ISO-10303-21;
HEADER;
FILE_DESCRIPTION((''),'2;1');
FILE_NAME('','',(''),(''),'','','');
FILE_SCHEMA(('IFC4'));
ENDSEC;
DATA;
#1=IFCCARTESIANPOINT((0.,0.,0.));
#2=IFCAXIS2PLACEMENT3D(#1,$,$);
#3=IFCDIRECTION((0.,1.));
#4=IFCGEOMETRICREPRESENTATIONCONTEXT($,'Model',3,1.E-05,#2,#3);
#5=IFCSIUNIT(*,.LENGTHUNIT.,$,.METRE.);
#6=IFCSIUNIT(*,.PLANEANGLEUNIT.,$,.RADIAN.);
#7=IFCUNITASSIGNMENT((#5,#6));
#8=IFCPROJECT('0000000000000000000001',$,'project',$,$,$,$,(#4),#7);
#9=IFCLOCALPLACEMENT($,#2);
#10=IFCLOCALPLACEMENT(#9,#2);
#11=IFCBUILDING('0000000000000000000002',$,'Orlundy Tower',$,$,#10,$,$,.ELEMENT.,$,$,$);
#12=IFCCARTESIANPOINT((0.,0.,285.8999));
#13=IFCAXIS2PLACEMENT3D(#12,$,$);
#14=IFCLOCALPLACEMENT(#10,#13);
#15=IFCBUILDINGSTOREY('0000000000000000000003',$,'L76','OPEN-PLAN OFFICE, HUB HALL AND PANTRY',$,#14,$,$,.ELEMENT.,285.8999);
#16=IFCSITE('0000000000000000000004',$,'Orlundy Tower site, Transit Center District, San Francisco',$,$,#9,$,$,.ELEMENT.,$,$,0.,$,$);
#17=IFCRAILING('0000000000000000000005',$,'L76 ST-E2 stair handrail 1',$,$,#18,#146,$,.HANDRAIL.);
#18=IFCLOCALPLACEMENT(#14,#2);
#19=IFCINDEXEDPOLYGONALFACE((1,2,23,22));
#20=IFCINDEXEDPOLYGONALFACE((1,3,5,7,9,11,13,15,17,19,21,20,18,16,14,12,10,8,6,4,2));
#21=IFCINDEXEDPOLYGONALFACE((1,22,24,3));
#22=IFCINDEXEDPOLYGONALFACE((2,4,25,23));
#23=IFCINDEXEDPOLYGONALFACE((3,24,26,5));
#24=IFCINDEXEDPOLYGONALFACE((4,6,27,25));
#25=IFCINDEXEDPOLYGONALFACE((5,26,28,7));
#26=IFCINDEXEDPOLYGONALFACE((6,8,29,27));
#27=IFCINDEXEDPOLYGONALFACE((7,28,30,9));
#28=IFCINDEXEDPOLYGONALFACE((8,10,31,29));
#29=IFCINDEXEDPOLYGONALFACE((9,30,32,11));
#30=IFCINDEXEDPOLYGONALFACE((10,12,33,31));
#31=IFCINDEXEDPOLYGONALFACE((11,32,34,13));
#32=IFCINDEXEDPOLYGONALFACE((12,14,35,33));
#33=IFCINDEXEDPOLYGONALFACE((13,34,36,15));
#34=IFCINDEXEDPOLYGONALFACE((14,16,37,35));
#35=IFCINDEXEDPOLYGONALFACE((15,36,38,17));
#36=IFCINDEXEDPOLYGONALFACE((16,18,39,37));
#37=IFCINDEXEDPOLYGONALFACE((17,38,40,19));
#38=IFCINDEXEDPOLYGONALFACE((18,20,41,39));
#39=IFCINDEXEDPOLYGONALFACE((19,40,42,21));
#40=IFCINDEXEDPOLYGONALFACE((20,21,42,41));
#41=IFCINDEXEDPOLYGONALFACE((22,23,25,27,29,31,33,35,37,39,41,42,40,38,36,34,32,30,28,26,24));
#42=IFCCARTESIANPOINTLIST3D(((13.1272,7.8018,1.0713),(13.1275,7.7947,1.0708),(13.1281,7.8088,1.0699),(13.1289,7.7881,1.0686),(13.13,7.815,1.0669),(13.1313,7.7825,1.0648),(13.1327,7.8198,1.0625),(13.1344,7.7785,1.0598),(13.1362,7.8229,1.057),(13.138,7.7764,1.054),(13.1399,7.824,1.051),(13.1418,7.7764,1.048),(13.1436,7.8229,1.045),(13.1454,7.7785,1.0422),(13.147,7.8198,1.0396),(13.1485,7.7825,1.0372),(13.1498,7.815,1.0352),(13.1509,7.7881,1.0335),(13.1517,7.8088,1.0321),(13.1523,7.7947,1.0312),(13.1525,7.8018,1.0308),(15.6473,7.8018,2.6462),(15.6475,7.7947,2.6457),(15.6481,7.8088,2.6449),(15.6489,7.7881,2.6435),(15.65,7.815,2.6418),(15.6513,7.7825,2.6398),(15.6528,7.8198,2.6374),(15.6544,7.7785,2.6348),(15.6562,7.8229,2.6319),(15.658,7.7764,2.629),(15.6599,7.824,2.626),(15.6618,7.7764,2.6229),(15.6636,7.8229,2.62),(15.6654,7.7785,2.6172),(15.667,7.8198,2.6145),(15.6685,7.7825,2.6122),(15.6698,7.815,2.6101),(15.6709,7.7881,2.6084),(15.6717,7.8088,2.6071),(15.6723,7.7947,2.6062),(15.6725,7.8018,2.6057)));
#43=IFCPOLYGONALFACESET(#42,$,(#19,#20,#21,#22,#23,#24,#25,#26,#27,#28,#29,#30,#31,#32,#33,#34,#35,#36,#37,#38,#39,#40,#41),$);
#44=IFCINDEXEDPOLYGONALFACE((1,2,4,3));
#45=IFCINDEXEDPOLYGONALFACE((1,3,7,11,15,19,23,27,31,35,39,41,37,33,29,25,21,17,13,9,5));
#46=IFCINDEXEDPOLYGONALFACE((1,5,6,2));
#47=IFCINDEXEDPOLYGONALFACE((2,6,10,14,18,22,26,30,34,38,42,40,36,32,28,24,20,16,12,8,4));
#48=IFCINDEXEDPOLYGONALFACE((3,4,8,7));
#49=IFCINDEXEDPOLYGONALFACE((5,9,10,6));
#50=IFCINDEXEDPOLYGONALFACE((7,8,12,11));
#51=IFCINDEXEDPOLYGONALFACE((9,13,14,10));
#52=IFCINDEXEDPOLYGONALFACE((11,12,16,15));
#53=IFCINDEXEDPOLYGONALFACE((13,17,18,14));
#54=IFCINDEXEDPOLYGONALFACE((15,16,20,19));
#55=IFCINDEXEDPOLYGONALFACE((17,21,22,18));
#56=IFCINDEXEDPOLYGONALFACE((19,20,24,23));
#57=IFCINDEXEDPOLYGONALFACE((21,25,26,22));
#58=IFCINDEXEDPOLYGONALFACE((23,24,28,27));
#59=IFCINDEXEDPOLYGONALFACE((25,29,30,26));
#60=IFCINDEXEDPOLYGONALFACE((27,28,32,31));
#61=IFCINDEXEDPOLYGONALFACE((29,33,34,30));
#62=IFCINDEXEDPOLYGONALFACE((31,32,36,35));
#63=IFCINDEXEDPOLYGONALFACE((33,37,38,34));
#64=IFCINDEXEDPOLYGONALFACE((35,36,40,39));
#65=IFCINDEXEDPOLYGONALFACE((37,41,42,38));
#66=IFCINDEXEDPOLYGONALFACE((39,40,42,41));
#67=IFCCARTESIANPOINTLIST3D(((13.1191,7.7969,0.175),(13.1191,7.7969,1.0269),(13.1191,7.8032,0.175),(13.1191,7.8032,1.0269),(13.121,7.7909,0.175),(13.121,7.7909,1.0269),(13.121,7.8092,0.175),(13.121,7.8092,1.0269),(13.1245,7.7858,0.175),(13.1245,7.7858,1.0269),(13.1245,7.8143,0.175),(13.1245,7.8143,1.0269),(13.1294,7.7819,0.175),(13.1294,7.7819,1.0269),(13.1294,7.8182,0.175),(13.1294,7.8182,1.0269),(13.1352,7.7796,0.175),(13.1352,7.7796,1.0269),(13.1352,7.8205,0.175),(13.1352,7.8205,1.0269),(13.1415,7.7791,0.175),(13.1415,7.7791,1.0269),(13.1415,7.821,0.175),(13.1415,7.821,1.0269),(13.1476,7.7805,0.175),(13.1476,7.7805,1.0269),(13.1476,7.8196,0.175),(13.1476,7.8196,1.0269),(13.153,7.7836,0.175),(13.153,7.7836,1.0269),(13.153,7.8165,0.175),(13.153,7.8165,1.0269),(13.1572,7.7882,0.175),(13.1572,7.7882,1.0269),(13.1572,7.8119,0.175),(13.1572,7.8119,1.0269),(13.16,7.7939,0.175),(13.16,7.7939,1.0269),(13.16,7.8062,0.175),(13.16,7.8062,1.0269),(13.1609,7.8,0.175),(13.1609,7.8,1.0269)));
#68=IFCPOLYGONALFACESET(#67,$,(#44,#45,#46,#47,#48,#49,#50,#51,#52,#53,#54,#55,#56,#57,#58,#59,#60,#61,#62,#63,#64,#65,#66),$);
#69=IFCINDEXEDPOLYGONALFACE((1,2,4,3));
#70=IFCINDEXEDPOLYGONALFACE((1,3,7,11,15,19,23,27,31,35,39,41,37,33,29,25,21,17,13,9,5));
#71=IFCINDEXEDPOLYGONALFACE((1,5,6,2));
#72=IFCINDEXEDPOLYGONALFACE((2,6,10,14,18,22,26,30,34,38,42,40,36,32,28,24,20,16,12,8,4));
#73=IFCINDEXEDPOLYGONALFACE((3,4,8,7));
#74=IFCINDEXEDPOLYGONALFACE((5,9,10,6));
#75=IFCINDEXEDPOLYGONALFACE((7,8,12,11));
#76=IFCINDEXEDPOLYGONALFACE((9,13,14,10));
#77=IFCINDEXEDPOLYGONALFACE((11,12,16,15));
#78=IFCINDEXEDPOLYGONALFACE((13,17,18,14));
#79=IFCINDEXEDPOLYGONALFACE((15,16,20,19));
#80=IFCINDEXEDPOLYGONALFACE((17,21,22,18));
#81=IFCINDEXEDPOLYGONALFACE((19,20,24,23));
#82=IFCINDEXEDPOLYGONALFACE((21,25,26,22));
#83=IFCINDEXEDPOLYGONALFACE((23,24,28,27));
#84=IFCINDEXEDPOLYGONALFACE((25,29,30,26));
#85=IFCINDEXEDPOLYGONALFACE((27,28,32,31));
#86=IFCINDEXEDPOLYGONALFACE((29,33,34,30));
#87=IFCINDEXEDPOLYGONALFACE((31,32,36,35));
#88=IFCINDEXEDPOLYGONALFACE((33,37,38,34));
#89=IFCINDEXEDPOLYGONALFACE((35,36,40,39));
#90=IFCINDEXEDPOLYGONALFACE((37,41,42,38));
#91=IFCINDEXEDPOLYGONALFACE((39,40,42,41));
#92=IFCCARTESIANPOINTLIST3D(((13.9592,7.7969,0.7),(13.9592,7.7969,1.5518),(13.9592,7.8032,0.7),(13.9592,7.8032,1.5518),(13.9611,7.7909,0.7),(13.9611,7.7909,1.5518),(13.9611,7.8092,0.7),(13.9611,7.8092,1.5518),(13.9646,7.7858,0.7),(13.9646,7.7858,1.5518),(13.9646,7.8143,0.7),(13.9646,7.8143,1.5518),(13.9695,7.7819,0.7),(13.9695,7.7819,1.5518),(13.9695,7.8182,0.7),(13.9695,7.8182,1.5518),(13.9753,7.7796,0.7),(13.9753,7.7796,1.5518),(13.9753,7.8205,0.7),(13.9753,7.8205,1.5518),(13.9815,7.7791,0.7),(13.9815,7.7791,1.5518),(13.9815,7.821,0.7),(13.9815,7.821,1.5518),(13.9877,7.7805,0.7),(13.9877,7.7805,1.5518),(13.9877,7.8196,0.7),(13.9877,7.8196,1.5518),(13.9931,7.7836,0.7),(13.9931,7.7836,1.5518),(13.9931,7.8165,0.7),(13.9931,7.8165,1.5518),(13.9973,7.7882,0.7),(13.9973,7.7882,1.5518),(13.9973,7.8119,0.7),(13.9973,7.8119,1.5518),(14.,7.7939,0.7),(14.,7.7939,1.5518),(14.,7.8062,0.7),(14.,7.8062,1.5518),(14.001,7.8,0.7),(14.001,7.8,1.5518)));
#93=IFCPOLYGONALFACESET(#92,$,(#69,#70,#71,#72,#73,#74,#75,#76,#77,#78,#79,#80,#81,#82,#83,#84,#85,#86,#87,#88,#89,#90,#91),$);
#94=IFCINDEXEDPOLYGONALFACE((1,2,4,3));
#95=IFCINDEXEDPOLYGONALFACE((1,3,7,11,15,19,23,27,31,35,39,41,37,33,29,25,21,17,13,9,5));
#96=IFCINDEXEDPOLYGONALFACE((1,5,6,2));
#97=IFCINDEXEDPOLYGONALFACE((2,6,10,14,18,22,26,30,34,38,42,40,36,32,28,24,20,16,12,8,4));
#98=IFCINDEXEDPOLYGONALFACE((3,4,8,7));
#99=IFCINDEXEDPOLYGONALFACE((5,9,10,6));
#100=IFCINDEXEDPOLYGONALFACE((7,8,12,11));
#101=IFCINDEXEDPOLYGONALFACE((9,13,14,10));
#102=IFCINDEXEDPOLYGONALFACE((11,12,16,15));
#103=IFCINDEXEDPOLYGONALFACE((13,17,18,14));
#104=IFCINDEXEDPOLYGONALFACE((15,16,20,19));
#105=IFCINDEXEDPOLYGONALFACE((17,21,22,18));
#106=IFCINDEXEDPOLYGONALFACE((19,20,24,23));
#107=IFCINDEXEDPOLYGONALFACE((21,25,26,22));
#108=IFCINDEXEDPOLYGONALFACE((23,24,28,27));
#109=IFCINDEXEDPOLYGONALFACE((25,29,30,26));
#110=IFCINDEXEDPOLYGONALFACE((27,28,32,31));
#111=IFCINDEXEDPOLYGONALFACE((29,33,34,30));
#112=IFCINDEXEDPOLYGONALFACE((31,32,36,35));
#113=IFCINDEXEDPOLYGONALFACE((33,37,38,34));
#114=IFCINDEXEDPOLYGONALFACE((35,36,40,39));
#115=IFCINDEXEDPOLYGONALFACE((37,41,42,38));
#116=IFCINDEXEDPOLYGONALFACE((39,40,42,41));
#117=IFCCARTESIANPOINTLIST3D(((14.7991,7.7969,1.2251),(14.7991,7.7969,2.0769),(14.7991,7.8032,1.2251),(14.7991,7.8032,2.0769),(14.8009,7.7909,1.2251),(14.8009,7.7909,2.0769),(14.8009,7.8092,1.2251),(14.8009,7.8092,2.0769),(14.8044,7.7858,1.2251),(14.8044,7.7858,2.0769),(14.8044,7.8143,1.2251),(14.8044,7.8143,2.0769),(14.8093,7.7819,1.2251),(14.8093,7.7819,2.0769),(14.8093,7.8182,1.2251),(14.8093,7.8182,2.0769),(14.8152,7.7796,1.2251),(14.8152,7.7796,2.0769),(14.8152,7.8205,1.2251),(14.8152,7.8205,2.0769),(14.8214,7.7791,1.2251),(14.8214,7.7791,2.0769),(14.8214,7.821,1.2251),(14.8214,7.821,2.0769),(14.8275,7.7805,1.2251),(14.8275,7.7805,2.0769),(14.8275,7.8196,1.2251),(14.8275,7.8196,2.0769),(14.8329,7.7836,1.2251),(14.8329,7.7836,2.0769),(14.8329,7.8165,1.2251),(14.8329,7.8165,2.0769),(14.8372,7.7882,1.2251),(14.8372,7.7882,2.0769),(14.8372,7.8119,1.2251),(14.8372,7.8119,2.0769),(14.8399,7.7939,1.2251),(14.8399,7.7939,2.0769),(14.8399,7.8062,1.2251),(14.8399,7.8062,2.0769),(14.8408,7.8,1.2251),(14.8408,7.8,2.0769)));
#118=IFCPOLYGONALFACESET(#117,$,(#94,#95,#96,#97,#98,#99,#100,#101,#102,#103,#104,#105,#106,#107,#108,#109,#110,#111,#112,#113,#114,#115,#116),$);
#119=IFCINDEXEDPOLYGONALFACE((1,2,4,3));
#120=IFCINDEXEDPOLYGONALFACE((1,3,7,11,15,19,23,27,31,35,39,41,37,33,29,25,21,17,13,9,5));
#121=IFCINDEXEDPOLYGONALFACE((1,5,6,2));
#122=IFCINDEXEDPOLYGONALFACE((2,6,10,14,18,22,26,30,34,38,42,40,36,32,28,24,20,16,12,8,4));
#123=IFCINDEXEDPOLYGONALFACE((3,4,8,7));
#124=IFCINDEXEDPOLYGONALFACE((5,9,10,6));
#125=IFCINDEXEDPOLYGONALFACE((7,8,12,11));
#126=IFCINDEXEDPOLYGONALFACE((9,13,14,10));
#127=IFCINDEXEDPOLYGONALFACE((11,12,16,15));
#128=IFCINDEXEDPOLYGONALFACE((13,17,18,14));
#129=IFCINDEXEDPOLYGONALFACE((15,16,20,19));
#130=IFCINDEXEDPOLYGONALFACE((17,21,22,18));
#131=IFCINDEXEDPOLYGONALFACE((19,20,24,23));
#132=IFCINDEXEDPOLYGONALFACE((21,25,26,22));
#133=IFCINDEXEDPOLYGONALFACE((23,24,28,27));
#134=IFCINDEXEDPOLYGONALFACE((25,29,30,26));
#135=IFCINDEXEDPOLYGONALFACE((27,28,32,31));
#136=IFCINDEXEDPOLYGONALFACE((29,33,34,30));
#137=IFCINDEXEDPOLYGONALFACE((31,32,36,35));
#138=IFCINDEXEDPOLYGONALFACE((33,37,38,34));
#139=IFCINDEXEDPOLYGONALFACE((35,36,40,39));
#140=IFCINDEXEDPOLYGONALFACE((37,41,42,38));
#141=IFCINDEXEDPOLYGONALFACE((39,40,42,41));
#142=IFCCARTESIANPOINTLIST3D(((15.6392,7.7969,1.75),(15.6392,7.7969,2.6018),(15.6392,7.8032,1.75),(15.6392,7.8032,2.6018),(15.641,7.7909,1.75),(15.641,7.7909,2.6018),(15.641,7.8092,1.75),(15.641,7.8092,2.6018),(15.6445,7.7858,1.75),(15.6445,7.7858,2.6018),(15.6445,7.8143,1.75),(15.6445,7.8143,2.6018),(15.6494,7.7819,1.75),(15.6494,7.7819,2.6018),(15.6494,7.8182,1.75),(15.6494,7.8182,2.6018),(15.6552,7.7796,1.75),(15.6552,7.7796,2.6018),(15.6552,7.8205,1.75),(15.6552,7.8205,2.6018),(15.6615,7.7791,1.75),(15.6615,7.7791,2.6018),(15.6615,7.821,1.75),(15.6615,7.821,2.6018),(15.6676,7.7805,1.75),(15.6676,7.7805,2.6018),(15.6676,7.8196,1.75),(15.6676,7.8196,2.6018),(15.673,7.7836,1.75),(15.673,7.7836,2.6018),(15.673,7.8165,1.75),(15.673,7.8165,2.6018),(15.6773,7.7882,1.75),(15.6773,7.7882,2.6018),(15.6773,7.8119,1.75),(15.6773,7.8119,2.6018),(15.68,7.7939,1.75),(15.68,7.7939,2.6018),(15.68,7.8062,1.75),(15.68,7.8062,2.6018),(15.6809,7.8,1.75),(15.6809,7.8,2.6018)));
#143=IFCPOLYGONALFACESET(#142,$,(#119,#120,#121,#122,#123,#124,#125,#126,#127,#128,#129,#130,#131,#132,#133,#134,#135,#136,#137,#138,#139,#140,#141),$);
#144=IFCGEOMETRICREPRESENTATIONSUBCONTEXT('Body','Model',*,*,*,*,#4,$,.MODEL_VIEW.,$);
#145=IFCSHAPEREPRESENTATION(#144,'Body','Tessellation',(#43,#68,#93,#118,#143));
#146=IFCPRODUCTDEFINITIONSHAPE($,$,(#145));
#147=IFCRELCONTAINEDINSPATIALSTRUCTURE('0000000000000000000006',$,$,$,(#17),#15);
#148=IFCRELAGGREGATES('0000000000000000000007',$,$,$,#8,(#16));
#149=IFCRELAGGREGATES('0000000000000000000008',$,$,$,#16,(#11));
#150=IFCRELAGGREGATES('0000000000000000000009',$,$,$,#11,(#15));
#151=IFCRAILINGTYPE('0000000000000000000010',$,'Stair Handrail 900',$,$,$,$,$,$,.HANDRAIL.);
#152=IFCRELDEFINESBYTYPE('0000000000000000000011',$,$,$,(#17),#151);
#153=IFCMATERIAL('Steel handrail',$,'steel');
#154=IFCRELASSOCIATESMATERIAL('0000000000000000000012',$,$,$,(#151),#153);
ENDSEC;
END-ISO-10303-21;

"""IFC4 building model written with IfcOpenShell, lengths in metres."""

from ifc_helpers import new_model, si_unit, direction, frame, origin, origin_2d, place, context, subcontext, project, spatial, circle, extrude, material, type_object, element, save


model = new_model("IFC4")

# Units and contexts
model_context = context("Model", 3, precision=1e-05, world=origin(), true_north=direction((0.0, 1.0)))
body_context = subcontext(model_context, "Body", "Model", "MODEL_VIEW")
ifc_project = project(units=[si_unit("LENGTHUNIT", "METRE"), si_unit("PLANEANGLEUNIT", "RADIAN")], contexts=[model_context])

# Site, building, storey
site_placement = place(None, origin())
site = spatial("IfcSite", under=ifc_project, at=site_placement, Name="Orlundy Tower site, Transit Center District, San Francisco", CompositionType="ELEMENT", RefElevation=0.0)
building_placement = place(site_placement, origin())
building = spatial("IfcBuilding", under=site, at=building_placement, Name="Orlundy Tower", CompositionType="ELEMENT")
storey_placement = place(building_placement, frame((0.0, 0.0, 285.8999)))
storey = spatial("IfcBuildingStorey", under=building, at=storey_placement, Name="L76", Description="OPEN-PLAN OFFICE, HUB HALL AND PANTRY", CompositionType="ELEMENT", Elevation=285.8999)

# Railing
ifc_material_1 = material(Name="Steel handrail", Category="steel")
railing_type_1 = type_object("IfcRailingType", Name="Stair Handrail 900", PredefinedType="HANDRAIL", material=ifc_material_1)
railing_1_placement = place(storey_placement, frame((13.1399, 7.8, 0.175)))
element("IfcRailing", 1, at=railing_1_placement, inside=storey, type_object=railing_type_1, Name="L76 ST-E2 stair handrail 1", PredefinedType="HANDRAIL", context=body_context, shape_type="SweptSolid", body=[
    extrude(circle(Radius=0.0239, at=origin_2d()), frame((0.0, 0.0, 0.876), z_axis=(0.848008, 0.0, 0.529984), x_axis=(0.0, 1.0, 0.0)), (0.0, 0.0, 1.0), 2.9717),
    extrude(circle(Radius=0.021, at=origin_2d()), origin(), (0.0, 0.0, 1.0), 0.8518),
    extrude(circle(Radius=0.021, at=origin_2d()), frame((0.8401, 0.0, 0.5249)), (0.0, 0.0, 1.0), 0.8518),
    extrude(circle(Radius=0.021, at=origin_2d()), frame((1.6799, 0.0, 1.05)), (0.0, 0.0, 1.0), 0.8518),
    extrude(circle(Radius=0.021, at=origin_2d()), frame((2.52, 0.0, 1.575)), (0.0, 0.0, 1.0), 0.8518),
])

save(model, "model.ifc")
